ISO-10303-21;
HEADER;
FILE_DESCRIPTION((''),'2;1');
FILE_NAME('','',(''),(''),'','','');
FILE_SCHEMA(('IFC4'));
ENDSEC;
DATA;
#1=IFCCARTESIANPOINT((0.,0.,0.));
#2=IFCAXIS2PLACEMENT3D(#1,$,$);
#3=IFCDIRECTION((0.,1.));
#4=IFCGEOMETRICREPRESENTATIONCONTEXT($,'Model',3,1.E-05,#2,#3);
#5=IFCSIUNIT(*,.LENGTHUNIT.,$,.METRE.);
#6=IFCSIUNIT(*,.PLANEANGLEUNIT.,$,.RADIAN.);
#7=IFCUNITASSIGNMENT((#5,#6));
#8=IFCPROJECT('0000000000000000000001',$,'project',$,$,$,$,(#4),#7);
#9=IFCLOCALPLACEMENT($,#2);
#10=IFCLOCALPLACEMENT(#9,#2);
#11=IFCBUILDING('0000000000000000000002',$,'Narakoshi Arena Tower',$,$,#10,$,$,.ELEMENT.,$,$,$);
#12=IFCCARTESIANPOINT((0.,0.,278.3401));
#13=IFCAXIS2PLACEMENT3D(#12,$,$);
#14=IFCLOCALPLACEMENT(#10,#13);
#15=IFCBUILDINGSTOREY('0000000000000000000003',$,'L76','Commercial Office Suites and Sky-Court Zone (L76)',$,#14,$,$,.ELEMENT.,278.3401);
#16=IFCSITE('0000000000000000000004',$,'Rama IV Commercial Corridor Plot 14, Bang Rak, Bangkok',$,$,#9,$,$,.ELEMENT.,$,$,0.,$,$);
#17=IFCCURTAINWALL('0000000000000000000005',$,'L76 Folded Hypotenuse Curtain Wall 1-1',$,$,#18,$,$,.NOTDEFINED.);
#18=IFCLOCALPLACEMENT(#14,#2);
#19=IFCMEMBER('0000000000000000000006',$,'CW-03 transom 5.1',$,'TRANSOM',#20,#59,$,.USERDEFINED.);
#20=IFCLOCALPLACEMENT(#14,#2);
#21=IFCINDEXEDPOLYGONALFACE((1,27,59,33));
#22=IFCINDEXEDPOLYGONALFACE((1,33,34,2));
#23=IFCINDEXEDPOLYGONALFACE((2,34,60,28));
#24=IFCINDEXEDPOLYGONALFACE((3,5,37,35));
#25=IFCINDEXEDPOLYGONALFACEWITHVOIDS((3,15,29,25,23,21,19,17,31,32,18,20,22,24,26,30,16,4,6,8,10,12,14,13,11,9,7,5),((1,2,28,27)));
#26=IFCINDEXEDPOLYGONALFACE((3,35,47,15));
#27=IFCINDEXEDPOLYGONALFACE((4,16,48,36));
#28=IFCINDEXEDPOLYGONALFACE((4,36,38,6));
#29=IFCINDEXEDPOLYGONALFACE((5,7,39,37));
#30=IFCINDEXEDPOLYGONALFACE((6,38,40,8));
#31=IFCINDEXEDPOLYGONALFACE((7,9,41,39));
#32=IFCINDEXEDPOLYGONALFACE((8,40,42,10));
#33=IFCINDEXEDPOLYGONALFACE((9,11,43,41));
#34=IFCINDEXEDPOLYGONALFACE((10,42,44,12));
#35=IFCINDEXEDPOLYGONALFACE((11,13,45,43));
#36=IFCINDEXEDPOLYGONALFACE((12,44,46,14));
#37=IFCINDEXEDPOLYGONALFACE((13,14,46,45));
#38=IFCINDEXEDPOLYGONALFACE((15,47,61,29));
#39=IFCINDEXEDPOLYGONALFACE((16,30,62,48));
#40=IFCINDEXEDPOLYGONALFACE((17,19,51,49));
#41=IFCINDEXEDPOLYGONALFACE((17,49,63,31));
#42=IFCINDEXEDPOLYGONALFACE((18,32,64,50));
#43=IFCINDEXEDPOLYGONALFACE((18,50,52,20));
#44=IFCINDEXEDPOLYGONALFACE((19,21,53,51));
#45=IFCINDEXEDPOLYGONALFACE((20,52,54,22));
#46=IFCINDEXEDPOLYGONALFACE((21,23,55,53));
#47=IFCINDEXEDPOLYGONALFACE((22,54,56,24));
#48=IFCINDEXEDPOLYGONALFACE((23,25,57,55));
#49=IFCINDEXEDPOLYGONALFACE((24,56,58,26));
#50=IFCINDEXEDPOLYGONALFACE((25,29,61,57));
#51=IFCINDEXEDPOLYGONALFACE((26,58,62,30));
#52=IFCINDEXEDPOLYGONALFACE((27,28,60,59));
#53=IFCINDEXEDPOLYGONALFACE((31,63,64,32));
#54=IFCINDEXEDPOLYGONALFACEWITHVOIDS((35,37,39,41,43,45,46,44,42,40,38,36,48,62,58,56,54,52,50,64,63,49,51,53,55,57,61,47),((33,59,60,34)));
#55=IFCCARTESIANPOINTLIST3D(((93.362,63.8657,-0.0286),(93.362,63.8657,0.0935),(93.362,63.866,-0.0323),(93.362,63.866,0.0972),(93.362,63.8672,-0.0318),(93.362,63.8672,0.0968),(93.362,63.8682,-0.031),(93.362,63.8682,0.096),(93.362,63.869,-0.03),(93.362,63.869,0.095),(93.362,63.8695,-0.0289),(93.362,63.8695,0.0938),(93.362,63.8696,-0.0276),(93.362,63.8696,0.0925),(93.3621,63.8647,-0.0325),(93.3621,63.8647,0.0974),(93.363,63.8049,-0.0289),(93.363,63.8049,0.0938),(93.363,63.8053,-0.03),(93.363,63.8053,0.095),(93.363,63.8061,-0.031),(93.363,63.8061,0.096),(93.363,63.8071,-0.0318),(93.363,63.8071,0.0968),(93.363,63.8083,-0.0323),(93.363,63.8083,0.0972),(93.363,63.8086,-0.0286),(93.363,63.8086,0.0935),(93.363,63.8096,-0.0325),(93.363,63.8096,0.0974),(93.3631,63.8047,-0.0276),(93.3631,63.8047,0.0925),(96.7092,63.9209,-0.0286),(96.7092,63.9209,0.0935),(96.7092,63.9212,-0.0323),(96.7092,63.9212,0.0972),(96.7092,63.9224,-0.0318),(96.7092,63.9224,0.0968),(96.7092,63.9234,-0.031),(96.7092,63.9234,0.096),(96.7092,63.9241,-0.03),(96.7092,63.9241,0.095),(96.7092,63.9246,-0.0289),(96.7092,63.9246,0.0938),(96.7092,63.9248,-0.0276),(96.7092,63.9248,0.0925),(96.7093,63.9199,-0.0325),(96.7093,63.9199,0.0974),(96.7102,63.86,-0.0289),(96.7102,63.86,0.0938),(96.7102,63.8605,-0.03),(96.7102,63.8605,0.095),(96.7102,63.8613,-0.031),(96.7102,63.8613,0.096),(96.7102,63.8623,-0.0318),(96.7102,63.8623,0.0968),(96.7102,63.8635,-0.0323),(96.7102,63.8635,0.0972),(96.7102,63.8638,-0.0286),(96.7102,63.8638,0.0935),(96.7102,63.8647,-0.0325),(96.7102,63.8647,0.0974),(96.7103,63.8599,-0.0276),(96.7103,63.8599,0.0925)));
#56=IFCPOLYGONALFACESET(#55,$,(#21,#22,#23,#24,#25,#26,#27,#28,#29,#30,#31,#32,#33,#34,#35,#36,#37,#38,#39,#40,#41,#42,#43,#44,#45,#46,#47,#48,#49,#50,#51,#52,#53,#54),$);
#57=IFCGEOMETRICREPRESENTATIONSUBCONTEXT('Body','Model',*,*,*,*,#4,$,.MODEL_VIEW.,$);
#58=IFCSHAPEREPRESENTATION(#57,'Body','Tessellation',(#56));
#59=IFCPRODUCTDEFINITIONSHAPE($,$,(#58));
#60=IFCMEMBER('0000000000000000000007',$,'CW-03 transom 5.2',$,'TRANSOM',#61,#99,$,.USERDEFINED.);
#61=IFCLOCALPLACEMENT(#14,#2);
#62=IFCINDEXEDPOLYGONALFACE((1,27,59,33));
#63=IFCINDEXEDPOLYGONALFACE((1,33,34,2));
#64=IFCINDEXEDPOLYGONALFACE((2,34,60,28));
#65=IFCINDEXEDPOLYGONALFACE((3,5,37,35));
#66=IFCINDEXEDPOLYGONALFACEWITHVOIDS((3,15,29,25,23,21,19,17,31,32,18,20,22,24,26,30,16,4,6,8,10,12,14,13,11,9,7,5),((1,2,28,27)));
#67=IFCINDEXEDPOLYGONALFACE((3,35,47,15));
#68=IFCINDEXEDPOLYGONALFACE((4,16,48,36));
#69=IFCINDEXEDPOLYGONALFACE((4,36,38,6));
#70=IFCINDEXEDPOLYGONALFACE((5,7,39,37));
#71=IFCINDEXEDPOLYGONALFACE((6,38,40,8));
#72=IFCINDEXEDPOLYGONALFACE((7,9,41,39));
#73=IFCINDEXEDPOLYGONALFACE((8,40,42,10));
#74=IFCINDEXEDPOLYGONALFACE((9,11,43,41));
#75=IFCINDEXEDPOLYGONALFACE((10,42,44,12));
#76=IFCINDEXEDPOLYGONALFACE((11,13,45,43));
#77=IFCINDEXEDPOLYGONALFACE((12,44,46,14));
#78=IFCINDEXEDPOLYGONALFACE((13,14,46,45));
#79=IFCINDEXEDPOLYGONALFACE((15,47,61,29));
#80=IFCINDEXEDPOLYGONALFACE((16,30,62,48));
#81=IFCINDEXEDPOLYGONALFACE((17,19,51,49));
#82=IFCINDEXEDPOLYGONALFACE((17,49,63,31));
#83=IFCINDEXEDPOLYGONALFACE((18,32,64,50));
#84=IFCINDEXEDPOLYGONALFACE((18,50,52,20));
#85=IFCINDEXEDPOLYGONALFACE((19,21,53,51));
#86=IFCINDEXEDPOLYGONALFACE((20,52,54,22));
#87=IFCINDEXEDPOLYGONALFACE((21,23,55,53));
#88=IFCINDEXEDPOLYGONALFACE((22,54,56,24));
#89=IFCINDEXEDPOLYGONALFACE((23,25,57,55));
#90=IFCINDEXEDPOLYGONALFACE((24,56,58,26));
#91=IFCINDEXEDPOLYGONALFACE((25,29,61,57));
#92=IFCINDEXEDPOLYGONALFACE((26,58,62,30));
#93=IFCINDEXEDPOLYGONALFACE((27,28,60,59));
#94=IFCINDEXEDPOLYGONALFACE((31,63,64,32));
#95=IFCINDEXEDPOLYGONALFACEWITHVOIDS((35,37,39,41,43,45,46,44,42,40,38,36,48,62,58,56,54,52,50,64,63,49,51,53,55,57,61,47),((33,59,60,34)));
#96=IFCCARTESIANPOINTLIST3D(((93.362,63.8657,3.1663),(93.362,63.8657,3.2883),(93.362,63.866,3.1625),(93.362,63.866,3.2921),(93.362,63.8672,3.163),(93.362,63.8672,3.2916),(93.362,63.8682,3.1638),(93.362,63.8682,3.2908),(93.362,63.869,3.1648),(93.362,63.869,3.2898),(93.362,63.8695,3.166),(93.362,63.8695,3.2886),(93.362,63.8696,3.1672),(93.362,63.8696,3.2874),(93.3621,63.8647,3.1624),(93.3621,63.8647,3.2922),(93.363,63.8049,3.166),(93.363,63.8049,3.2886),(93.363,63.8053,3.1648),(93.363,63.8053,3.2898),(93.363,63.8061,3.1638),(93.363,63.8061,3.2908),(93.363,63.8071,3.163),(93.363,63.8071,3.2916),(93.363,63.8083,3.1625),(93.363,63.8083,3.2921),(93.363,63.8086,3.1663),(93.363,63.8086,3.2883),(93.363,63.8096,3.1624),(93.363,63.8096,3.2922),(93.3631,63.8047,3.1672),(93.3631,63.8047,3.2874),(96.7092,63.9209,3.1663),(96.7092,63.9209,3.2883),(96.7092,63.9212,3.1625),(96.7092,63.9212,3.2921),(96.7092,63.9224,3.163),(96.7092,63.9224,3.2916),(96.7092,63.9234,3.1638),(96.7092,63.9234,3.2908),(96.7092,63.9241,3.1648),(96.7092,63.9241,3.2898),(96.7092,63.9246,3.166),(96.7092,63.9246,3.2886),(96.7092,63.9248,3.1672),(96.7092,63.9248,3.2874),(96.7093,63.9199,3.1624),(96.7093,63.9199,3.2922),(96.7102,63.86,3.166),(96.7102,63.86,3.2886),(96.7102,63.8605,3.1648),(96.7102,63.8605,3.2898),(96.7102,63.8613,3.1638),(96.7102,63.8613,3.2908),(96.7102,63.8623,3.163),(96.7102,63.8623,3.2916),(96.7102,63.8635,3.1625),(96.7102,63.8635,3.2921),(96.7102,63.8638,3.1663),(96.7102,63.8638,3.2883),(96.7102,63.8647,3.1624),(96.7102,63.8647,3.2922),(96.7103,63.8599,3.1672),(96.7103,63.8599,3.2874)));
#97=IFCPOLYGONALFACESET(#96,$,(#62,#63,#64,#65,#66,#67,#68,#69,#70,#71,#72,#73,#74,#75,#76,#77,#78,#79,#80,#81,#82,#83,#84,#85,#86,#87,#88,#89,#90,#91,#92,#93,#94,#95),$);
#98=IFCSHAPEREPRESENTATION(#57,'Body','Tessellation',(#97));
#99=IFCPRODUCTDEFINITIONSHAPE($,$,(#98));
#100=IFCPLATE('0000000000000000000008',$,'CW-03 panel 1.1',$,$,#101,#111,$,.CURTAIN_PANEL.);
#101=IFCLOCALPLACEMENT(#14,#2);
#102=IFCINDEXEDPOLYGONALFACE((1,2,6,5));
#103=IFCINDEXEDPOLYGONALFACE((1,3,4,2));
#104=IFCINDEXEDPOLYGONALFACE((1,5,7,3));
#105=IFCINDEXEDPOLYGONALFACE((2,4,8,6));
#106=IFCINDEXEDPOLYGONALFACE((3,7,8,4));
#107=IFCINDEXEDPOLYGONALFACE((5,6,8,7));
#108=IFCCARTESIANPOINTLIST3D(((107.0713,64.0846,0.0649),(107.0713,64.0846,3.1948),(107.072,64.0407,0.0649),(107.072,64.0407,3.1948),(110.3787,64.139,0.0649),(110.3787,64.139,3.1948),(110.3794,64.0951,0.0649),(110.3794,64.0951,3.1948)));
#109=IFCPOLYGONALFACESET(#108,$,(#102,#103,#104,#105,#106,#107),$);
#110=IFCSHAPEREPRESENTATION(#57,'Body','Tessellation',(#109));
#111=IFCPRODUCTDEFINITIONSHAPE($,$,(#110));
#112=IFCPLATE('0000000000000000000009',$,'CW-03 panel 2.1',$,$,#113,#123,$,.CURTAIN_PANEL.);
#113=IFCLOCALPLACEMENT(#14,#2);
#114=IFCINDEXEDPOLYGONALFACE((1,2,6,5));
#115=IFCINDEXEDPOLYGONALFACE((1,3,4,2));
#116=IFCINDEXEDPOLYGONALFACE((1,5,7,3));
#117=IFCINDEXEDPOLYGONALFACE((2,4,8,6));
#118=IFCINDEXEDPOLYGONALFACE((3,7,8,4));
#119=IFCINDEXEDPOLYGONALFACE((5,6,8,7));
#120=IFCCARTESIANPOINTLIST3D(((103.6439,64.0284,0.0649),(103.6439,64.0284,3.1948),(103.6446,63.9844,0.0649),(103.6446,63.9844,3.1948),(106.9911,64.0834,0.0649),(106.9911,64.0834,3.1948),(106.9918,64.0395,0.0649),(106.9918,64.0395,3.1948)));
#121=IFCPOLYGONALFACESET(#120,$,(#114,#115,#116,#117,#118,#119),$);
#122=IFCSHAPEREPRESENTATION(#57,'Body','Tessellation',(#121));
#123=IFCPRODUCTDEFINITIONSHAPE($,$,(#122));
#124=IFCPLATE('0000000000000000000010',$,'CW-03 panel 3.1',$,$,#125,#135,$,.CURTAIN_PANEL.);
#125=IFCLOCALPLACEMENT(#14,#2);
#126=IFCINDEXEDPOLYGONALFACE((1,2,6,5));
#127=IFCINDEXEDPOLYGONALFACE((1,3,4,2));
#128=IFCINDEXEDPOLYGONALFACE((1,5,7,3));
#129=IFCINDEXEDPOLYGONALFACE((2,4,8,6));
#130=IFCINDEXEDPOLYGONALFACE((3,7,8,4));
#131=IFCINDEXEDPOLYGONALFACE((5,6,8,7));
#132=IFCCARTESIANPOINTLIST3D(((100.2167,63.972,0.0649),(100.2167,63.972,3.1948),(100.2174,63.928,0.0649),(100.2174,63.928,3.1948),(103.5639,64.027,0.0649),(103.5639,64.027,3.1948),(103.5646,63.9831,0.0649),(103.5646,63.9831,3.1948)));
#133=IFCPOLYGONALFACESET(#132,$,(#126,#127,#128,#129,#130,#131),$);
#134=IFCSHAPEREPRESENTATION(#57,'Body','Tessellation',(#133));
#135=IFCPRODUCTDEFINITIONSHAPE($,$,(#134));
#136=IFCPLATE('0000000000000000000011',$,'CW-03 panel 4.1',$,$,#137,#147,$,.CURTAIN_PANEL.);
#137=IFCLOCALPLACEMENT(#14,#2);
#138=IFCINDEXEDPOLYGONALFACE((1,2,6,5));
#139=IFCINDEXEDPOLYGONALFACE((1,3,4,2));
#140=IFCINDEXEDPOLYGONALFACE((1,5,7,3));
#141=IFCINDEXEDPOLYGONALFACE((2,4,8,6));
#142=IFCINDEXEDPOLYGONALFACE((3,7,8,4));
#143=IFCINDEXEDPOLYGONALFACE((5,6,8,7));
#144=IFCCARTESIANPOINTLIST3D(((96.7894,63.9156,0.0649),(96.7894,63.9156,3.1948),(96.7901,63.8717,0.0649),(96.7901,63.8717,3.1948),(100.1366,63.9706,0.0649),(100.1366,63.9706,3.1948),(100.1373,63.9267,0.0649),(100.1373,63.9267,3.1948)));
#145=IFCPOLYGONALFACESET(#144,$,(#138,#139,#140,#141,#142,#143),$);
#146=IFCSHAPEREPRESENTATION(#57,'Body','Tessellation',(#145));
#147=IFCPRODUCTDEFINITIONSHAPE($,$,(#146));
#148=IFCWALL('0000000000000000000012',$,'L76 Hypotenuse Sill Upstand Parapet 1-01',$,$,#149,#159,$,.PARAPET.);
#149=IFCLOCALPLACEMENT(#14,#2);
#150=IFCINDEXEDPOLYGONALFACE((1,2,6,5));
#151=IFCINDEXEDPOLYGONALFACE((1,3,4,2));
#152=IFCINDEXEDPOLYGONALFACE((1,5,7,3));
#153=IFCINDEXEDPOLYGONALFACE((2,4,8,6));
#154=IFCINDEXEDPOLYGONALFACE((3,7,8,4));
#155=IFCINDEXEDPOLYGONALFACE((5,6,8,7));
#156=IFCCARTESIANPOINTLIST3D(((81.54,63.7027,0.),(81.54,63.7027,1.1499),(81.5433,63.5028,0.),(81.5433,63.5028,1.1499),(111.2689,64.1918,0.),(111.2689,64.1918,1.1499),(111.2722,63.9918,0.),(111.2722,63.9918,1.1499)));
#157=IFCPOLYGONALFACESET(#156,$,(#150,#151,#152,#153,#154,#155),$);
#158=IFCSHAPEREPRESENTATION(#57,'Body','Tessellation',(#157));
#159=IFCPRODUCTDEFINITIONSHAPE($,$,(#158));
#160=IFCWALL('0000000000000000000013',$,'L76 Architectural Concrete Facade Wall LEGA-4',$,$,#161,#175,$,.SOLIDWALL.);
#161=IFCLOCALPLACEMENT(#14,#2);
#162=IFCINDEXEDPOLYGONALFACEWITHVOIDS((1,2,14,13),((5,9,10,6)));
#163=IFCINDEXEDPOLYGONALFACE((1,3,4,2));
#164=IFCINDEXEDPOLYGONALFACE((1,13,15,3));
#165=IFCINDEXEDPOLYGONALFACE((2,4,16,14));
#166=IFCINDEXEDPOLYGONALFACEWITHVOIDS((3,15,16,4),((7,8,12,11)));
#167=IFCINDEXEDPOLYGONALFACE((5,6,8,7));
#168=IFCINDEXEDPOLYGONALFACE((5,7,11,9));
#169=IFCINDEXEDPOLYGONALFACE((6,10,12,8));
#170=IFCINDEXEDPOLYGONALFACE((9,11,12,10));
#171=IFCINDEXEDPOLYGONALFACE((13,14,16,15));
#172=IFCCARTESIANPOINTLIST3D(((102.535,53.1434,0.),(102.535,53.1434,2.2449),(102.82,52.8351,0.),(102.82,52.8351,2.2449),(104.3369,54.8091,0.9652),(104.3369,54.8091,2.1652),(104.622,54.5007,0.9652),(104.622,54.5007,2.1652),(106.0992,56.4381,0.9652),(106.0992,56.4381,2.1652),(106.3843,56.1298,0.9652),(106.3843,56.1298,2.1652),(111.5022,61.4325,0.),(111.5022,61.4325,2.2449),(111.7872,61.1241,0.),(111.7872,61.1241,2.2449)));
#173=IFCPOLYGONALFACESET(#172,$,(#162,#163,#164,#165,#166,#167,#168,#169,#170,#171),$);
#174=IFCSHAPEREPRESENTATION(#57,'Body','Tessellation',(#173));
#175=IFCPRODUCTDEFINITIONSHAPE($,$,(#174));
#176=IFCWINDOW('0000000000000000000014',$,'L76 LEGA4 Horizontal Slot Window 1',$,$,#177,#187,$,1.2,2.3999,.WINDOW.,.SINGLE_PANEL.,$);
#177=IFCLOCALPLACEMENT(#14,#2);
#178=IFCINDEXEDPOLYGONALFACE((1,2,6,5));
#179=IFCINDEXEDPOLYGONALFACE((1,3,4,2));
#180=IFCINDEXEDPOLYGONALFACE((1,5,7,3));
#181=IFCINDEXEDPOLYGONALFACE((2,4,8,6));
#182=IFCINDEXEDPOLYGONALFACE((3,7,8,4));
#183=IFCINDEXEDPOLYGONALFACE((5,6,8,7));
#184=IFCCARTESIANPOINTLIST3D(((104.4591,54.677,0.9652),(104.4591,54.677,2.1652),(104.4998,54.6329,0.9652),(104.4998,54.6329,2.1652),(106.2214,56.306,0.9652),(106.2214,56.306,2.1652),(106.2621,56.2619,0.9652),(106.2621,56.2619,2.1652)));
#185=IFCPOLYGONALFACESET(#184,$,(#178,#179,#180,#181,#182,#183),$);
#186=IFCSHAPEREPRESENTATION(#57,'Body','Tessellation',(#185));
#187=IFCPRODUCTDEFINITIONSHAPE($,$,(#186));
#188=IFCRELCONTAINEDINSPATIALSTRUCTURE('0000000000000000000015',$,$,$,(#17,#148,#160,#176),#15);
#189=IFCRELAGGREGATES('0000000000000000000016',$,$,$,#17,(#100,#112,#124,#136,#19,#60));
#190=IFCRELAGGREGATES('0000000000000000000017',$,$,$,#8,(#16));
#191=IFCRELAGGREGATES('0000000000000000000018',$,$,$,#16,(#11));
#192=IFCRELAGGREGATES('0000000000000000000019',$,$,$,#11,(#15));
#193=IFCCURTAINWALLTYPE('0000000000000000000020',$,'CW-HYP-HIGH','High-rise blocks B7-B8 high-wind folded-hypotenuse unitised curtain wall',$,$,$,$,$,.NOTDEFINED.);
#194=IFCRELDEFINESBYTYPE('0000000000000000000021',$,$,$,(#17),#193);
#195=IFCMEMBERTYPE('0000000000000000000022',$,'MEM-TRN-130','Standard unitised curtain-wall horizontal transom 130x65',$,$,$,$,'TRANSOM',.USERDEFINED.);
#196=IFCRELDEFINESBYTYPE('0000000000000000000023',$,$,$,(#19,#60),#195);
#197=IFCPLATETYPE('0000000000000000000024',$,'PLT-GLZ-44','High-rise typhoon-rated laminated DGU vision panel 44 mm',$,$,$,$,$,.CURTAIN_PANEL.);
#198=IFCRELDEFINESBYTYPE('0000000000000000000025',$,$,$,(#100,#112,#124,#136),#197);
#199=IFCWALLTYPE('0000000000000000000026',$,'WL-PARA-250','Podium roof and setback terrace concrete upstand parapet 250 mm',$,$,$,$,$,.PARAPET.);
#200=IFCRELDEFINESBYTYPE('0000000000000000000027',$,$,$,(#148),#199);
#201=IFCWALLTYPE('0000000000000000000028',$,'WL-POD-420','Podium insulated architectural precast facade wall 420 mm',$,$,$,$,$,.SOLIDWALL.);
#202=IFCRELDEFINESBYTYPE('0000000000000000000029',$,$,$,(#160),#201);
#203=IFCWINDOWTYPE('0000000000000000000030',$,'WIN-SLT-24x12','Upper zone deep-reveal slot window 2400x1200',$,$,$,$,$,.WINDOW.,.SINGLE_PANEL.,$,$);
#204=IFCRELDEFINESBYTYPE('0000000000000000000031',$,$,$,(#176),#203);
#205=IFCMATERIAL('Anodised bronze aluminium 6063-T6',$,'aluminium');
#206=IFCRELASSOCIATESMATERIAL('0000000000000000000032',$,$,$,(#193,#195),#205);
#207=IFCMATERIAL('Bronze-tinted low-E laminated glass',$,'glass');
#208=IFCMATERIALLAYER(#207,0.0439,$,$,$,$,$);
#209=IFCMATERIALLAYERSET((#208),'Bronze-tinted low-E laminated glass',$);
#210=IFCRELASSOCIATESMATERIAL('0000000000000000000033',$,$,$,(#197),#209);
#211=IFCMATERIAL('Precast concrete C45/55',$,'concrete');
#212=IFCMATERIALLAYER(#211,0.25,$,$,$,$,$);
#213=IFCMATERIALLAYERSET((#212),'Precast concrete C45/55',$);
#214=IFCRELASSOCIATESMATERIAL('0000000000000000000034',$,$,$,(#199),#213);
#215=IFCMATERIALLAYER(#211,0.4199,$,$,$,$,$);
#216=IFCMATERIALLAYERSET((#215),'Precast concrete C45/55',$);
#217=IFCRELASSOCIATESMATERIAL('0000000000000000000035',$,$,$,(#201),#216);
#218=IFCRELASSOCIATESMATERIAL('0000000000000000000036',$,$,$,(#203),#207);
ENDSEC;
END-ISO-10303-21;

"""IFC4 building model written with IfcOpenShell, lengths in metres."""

from ifc_helpers import new_model, si_unit, direction, frame, frame_2d, origin, origin_2d, place, context, subcontext, project, spatial, rectangle, hollow_rectangle, extrude, material, layer, layer_set, material_profile, profile_set, type_object, element, fill, aggregate, save


model = new_model("IFC4")

# Units and contexts
model_context = context("Model", 3, precision=1e-05, world=origin(), true_north=direction((0.0, 1.0)))
body_context = subcontext(model_context, "Body", "Model", "MODEL_VIEW")
ifc_project = project(units=[si_unit("LENGTHUNIT", "METRE"), si_unit("PLANEANGLEUNIT", "RADIAN")], contexts=[model_context])

# Site, building, storey
site_placement = place(None, origin())
site = spatial("IfcSite", under=ifc_project, at=site_placement, Name="Rama IV Commercial Corridor Plot 14, Bang Rak, Bangkok", CompositionType="ELEMENT", RefElevation=0.0)
building_placement = place(site_placement, origin())
building = spatial("IfcBuilding", under=site, at=building_placement, Name="Narakoshi Arena Tower", CompositionType="ELEMENT")
storey_placement = place(building_placement, frame((0.0, 0.0, 278.3401)))
storey = spatial("IfcBuildingStorey", under=building, at=storey_placement, Name="L76", Description="Commercial Office Suites and Sky-Court Zone (L76)", CompositionType="ELEMENT", Elevation=278.3401)

# Curtain wall, members, plates
ifc_material_1 = material(Name="Anodised bronze aluminium 6063-T6", Category="aluminium")
curtain_wall_type = type_object("IfcCurtainWallType", Name="CW-HYP-HIGH", Description="High-rise blocks B7-B8 high-wind folded-hypotenuse unitised curtain wall", PredefinedType="NOTDEFINED", material=ifc_material_1)
curtain_wall_placement = place(storey_placement, origin())
curtain_wall = element("IfcCurtainWall", 1, at=curtain_wall_placement, inside=storey, type_object=curtain_wall_type, Name="L76 Folded Hypotenuse Curtain Wall 1-1", PredefinedType="NOTDEFINED")
ifc_material_profile_1 = material_profile(ifc_material_1, hollow_rectangle(XDim=0.0649, YDim=0.1299, WallThickness=0.0039, OuterFilletRadius=0.0049, at=origin_2d()), Name="TRN130x65x4")
ifc_profile_set_1 = profile_set([ifc_material_profile_1], Name="Anodised bronze aluminium 6063-T6")
member_type_1 = type_object("IfcMemberType", Name="MEM-TRN-130", Description="Standard unitised curtain-wall horizontal transom 130x65", ElementType="TRANSOM", PredefinedType="USERDEFINED", material=ifc_profile_set_1)
member_1_placement = place(storey_placement, frame((96.7097, 63.8923, 0.0325), z_axis=(-0.999864, -0.016482, 0.0), x_axis=(0.016482, -0.999864, 0.0)))
member_1 = element("IfcMember", 2, at=member_1_placement, type_object=member_type_1, Name="CW-03 transom 5.1", ObjectType="TRANSOM", PredefinedType="USERDEFINED", context=body_context, shape_type="SweptSolid", body=[
    extrude(hollow_rectangle(XDim=0.0649, YDim=0.1299, WallThickness=0.0039, OuterFilletRadius=0.0049, at=origin_2d()), origin(), (0.0, 0.0, 1.0), 3.3477),
])
member_2_placement = place(storey_placement, frame((96.7097, 63.8923, 3.2273), z_axis=(-0.999864, -0.016482, 0.0), x_axis=(0.016482, -0.999864, 0.0)))
member_2 = element("IfcMember", 3, at=member_2_placement, type_object=member_type_1, Name="CW-03 transom 5.2", ObjectType="TRANSOM", PredefinedType="USERDEFINED", context=body_context, shape_type="SweptSolid", body=[
    extrude(hollow_rectangle(XDim=0.0649, YDim=0.1299, WallThickness=0.0039, OuterFilletRadius=0.0049, at=origin_2d()), origin(), (0.0, 0.0, 1.0), 3.3477),
])
ifc_material_2 = material(Name="Bronze-tinted low-E laminated glass", Category="glass")
ifc_layer_1 = layer(ifc_material_2, 0.0439)
ifc_layer_set_1 = layer_set([ifc_layer_1], Name="Bronze-tinted low-E laminated glass")
plate_type = type_object("IfcPlateType", Name="PLT-GLZ-44", Description="High-rise typhoon-rated laminated DGU vision panel 44 mm", PredefinedType="CURTAIN_PANEL", material=ifc_layer_set_1)
plate_1_placement = place(storey_placement, frame((108.7253, 64.0898, 0.0649), z_axis=(0.0, 0.0, 1.0), x_axis=(-0.999865, -0.016443, 0.0)))
plate_1 = element("IfcPlate", 4, at=plate_1_placement, type_object=plate_type, Name="CW-03 panel 1.1", PredefinedType="CURTAIN_PANEL", context=body_context, shape_type="SweptSolid", body=[
    extrude(rectangle(XDim=3.3079, YDim=0.0439, at=origin_2d()), origin(), (0.0, 0.0, 1.0), 3.1299),
])
plate_2_placement = place(storey_placement, frame((105.3179, 64.0339, 0.0649), z_axis=(0.0, 0.0, 1.0), x_axis=(-0.999865, -0.016443, 0.0)))
plate_2 = element("IfcPlate", 5, at=plate_2_placement, type_object=plate_type, Name="CW-03 panel 2.1", PredefinedType="CURTAIN_PANEL", context=body_context, shape_type="SweptSolid", body=[
    extrude(rectangle(XDim=3.3477, YDim=0.0439, at=origin_2d()), origin(), (0.0, 0.0, 1.0), 3.1299),
])
plate_3_placement = place(storey_placement, frame((101.8906, 63.9775, 0.0649), z_axis=(0.0, 0.0, 1.0), x_axis=(-0.999865, -0.016443, 0.0)))
plate_3 = element("IfcPlate", 6, at=plate_3_placement, type_object=plate_type, Name="CW-03 panel 3.1", PredefinedType="CURTAIN_PANEL", context=body_context, shape_type="SweptSolid", body=[
    extrude(rectangle(XDim=3.3477, YDim=0.0439, at=origin_2d()), origin(), (0.0, 0.0, 1.0), 3.1299),
])
plate_4_placement = place(storey_placement, frame((98.4634, 63.9211, 0.0649), z_axis=(0.0, 0.0, 1.0), x_axis=(-0.999865, -0.016443, 0.0)))
plate_4 = element("IfcPlate", 7, at=plate_4_placement, type_object=plate_type, Name="CW-03 panel 4.1", PredefinedType="CURTAIN_PANEL", context=body_context, shape_type="SweptSolid", body=[
    extrude(rectangle(XDim=3.3477, YDim=0.0439, at=origin_2d()), origin(), (0.0, 0.0, 1.0), 3.1299),
])
aggregate(curtain_wall, [plate_1, plate_2, plate_3, plate_4, member_1, member_2])

# Wall
ifc_material_3 = material(Name="Precast concrete C45/55", Category="concrete")
ifc_layer_2 = layer(ifc_material_3, 0.25)
ifc_layer_set_2 = layer_set([ifc_layer_2], Name="Precast concrete C45/55")
wall_type_1 = type_object("IfcWallType", Name="WL-PARA-250", Description="Podium roof and setback terrace concrete upstand parapet 250 mm", PredefinedType="PARAPET", material=ifc_layer_set_2)
wall_1_placement = place(storey_placement, frame((111.2705, 64.0918, 0.0), z_axis=(0.0, 0.0, 1.0), x_axis=(-0.999865, -0.016447, 0.0)))
element("IfcWall", 8, at=wall_1_placement, inside=storey, type_object=wall_type_1, Name="L76 Hypotenuse Sill Upstand Parapet 1-01", PredefinedType="PARAPET", context=body_context, shape_type="SweptSolid", body=[
    extrude(rectangle(XDim=29.7329, YDim=0.2, at=frame_2d((14.8665, 0.0))), origin(), (0.0, 0.0, 1.0), 1.1499),
])

# Wall, opening, window
ifc_layer_3 = layer(ifc_material_3, 0.4199)
ifc_layer_set_3 = layer_set([ifc_layer_3], Name="Precast concrete C45/55")
wall_type_2 = type_object("IfcWallType", Name="WL-POD-420", Description="Podium insulated architectural precast facade wall 420 mm", PredefinedType="SOLIDWALL", material=ifc_layer_set_3)
wall_2_placement = place(storey_placement, frame((102.6775, 52.9893, 0.0), z_axis=(0.0, 0.0, 1.0), x_axis=(0.734331, 0.678791, 0.0)))
wall_2 = element("IfcWall", 9, at=wall_2_placement, inside=storey, type_object=wall_type_2, Name="L76 Architectural Concrete Facade Wall LEGA-4", PredefinedType="SOLIDWALL", context=body_context, shape_type="SweptSolid", body=[
    extrude(rectangle(XDim=12.2114, YDim=0.4199, at=frame_2d((6.1057, 0.0))), origin(), (0.0, 0.0, 1.0), 2.2449),
])
opening_1_placement = place(wall_2_placement, frame((2.4539, 0.0, 0.9651)))
opening_1 = element("IfcOpeningElement", 10, at=opening_1_placement, cuts=wall_2, PredefinedType="OPENING", context=body_context, shape_type="SweptSolid", body=[
    extrude(rectangle(XDim=2.3999, YDim=1.2, at=frame_2d((1.2, 0.6001))), frame((0.0, 0.22, 0.0), z_axis=(0.0, -1.0, 0.0), x_axis=(1.0, 0.0, 0.0)), (0.0, 0.0, 1.0), 0.4399),
])
window_type_1 = type_object("IfcWindowType", Name="WIN-SLT-24x12", Description="Upper zone deep-reveal slot window 2400x1200", PartitioningType="SINGLE_PANEL", PredefinedType="WINDOW", material=ifc_material_2)
window_1_placement = place(opening_1_placement, origin())
window_1 = element("IfcWindow", 11, at=window_1_placement, inside=storey, type_object=window_type_1, Name="L76 LEGA4 Horizontal Slot Window 1", OverallHeight=1.2, OverallWidth=2.3999, PartitioningType="SINGLE_PANEL", PredefinedType="WINDOW", context=body_context, shape_type="SweptSolid", body=[
    extrude(rectangle(XDim=2.3999, YDim=1.2, at=frame_2d((1.2, 0.6001))), frame((0.0, 0.03, 0.0), z_axis=(0.0, -1.0, 0.0), x_axis=(1.0, 0.0, 0.0)), (0.0, 0.0, 1.0), 0.0601),
])
fill(opening_1, window_1)

save(model, "model.ifc")
